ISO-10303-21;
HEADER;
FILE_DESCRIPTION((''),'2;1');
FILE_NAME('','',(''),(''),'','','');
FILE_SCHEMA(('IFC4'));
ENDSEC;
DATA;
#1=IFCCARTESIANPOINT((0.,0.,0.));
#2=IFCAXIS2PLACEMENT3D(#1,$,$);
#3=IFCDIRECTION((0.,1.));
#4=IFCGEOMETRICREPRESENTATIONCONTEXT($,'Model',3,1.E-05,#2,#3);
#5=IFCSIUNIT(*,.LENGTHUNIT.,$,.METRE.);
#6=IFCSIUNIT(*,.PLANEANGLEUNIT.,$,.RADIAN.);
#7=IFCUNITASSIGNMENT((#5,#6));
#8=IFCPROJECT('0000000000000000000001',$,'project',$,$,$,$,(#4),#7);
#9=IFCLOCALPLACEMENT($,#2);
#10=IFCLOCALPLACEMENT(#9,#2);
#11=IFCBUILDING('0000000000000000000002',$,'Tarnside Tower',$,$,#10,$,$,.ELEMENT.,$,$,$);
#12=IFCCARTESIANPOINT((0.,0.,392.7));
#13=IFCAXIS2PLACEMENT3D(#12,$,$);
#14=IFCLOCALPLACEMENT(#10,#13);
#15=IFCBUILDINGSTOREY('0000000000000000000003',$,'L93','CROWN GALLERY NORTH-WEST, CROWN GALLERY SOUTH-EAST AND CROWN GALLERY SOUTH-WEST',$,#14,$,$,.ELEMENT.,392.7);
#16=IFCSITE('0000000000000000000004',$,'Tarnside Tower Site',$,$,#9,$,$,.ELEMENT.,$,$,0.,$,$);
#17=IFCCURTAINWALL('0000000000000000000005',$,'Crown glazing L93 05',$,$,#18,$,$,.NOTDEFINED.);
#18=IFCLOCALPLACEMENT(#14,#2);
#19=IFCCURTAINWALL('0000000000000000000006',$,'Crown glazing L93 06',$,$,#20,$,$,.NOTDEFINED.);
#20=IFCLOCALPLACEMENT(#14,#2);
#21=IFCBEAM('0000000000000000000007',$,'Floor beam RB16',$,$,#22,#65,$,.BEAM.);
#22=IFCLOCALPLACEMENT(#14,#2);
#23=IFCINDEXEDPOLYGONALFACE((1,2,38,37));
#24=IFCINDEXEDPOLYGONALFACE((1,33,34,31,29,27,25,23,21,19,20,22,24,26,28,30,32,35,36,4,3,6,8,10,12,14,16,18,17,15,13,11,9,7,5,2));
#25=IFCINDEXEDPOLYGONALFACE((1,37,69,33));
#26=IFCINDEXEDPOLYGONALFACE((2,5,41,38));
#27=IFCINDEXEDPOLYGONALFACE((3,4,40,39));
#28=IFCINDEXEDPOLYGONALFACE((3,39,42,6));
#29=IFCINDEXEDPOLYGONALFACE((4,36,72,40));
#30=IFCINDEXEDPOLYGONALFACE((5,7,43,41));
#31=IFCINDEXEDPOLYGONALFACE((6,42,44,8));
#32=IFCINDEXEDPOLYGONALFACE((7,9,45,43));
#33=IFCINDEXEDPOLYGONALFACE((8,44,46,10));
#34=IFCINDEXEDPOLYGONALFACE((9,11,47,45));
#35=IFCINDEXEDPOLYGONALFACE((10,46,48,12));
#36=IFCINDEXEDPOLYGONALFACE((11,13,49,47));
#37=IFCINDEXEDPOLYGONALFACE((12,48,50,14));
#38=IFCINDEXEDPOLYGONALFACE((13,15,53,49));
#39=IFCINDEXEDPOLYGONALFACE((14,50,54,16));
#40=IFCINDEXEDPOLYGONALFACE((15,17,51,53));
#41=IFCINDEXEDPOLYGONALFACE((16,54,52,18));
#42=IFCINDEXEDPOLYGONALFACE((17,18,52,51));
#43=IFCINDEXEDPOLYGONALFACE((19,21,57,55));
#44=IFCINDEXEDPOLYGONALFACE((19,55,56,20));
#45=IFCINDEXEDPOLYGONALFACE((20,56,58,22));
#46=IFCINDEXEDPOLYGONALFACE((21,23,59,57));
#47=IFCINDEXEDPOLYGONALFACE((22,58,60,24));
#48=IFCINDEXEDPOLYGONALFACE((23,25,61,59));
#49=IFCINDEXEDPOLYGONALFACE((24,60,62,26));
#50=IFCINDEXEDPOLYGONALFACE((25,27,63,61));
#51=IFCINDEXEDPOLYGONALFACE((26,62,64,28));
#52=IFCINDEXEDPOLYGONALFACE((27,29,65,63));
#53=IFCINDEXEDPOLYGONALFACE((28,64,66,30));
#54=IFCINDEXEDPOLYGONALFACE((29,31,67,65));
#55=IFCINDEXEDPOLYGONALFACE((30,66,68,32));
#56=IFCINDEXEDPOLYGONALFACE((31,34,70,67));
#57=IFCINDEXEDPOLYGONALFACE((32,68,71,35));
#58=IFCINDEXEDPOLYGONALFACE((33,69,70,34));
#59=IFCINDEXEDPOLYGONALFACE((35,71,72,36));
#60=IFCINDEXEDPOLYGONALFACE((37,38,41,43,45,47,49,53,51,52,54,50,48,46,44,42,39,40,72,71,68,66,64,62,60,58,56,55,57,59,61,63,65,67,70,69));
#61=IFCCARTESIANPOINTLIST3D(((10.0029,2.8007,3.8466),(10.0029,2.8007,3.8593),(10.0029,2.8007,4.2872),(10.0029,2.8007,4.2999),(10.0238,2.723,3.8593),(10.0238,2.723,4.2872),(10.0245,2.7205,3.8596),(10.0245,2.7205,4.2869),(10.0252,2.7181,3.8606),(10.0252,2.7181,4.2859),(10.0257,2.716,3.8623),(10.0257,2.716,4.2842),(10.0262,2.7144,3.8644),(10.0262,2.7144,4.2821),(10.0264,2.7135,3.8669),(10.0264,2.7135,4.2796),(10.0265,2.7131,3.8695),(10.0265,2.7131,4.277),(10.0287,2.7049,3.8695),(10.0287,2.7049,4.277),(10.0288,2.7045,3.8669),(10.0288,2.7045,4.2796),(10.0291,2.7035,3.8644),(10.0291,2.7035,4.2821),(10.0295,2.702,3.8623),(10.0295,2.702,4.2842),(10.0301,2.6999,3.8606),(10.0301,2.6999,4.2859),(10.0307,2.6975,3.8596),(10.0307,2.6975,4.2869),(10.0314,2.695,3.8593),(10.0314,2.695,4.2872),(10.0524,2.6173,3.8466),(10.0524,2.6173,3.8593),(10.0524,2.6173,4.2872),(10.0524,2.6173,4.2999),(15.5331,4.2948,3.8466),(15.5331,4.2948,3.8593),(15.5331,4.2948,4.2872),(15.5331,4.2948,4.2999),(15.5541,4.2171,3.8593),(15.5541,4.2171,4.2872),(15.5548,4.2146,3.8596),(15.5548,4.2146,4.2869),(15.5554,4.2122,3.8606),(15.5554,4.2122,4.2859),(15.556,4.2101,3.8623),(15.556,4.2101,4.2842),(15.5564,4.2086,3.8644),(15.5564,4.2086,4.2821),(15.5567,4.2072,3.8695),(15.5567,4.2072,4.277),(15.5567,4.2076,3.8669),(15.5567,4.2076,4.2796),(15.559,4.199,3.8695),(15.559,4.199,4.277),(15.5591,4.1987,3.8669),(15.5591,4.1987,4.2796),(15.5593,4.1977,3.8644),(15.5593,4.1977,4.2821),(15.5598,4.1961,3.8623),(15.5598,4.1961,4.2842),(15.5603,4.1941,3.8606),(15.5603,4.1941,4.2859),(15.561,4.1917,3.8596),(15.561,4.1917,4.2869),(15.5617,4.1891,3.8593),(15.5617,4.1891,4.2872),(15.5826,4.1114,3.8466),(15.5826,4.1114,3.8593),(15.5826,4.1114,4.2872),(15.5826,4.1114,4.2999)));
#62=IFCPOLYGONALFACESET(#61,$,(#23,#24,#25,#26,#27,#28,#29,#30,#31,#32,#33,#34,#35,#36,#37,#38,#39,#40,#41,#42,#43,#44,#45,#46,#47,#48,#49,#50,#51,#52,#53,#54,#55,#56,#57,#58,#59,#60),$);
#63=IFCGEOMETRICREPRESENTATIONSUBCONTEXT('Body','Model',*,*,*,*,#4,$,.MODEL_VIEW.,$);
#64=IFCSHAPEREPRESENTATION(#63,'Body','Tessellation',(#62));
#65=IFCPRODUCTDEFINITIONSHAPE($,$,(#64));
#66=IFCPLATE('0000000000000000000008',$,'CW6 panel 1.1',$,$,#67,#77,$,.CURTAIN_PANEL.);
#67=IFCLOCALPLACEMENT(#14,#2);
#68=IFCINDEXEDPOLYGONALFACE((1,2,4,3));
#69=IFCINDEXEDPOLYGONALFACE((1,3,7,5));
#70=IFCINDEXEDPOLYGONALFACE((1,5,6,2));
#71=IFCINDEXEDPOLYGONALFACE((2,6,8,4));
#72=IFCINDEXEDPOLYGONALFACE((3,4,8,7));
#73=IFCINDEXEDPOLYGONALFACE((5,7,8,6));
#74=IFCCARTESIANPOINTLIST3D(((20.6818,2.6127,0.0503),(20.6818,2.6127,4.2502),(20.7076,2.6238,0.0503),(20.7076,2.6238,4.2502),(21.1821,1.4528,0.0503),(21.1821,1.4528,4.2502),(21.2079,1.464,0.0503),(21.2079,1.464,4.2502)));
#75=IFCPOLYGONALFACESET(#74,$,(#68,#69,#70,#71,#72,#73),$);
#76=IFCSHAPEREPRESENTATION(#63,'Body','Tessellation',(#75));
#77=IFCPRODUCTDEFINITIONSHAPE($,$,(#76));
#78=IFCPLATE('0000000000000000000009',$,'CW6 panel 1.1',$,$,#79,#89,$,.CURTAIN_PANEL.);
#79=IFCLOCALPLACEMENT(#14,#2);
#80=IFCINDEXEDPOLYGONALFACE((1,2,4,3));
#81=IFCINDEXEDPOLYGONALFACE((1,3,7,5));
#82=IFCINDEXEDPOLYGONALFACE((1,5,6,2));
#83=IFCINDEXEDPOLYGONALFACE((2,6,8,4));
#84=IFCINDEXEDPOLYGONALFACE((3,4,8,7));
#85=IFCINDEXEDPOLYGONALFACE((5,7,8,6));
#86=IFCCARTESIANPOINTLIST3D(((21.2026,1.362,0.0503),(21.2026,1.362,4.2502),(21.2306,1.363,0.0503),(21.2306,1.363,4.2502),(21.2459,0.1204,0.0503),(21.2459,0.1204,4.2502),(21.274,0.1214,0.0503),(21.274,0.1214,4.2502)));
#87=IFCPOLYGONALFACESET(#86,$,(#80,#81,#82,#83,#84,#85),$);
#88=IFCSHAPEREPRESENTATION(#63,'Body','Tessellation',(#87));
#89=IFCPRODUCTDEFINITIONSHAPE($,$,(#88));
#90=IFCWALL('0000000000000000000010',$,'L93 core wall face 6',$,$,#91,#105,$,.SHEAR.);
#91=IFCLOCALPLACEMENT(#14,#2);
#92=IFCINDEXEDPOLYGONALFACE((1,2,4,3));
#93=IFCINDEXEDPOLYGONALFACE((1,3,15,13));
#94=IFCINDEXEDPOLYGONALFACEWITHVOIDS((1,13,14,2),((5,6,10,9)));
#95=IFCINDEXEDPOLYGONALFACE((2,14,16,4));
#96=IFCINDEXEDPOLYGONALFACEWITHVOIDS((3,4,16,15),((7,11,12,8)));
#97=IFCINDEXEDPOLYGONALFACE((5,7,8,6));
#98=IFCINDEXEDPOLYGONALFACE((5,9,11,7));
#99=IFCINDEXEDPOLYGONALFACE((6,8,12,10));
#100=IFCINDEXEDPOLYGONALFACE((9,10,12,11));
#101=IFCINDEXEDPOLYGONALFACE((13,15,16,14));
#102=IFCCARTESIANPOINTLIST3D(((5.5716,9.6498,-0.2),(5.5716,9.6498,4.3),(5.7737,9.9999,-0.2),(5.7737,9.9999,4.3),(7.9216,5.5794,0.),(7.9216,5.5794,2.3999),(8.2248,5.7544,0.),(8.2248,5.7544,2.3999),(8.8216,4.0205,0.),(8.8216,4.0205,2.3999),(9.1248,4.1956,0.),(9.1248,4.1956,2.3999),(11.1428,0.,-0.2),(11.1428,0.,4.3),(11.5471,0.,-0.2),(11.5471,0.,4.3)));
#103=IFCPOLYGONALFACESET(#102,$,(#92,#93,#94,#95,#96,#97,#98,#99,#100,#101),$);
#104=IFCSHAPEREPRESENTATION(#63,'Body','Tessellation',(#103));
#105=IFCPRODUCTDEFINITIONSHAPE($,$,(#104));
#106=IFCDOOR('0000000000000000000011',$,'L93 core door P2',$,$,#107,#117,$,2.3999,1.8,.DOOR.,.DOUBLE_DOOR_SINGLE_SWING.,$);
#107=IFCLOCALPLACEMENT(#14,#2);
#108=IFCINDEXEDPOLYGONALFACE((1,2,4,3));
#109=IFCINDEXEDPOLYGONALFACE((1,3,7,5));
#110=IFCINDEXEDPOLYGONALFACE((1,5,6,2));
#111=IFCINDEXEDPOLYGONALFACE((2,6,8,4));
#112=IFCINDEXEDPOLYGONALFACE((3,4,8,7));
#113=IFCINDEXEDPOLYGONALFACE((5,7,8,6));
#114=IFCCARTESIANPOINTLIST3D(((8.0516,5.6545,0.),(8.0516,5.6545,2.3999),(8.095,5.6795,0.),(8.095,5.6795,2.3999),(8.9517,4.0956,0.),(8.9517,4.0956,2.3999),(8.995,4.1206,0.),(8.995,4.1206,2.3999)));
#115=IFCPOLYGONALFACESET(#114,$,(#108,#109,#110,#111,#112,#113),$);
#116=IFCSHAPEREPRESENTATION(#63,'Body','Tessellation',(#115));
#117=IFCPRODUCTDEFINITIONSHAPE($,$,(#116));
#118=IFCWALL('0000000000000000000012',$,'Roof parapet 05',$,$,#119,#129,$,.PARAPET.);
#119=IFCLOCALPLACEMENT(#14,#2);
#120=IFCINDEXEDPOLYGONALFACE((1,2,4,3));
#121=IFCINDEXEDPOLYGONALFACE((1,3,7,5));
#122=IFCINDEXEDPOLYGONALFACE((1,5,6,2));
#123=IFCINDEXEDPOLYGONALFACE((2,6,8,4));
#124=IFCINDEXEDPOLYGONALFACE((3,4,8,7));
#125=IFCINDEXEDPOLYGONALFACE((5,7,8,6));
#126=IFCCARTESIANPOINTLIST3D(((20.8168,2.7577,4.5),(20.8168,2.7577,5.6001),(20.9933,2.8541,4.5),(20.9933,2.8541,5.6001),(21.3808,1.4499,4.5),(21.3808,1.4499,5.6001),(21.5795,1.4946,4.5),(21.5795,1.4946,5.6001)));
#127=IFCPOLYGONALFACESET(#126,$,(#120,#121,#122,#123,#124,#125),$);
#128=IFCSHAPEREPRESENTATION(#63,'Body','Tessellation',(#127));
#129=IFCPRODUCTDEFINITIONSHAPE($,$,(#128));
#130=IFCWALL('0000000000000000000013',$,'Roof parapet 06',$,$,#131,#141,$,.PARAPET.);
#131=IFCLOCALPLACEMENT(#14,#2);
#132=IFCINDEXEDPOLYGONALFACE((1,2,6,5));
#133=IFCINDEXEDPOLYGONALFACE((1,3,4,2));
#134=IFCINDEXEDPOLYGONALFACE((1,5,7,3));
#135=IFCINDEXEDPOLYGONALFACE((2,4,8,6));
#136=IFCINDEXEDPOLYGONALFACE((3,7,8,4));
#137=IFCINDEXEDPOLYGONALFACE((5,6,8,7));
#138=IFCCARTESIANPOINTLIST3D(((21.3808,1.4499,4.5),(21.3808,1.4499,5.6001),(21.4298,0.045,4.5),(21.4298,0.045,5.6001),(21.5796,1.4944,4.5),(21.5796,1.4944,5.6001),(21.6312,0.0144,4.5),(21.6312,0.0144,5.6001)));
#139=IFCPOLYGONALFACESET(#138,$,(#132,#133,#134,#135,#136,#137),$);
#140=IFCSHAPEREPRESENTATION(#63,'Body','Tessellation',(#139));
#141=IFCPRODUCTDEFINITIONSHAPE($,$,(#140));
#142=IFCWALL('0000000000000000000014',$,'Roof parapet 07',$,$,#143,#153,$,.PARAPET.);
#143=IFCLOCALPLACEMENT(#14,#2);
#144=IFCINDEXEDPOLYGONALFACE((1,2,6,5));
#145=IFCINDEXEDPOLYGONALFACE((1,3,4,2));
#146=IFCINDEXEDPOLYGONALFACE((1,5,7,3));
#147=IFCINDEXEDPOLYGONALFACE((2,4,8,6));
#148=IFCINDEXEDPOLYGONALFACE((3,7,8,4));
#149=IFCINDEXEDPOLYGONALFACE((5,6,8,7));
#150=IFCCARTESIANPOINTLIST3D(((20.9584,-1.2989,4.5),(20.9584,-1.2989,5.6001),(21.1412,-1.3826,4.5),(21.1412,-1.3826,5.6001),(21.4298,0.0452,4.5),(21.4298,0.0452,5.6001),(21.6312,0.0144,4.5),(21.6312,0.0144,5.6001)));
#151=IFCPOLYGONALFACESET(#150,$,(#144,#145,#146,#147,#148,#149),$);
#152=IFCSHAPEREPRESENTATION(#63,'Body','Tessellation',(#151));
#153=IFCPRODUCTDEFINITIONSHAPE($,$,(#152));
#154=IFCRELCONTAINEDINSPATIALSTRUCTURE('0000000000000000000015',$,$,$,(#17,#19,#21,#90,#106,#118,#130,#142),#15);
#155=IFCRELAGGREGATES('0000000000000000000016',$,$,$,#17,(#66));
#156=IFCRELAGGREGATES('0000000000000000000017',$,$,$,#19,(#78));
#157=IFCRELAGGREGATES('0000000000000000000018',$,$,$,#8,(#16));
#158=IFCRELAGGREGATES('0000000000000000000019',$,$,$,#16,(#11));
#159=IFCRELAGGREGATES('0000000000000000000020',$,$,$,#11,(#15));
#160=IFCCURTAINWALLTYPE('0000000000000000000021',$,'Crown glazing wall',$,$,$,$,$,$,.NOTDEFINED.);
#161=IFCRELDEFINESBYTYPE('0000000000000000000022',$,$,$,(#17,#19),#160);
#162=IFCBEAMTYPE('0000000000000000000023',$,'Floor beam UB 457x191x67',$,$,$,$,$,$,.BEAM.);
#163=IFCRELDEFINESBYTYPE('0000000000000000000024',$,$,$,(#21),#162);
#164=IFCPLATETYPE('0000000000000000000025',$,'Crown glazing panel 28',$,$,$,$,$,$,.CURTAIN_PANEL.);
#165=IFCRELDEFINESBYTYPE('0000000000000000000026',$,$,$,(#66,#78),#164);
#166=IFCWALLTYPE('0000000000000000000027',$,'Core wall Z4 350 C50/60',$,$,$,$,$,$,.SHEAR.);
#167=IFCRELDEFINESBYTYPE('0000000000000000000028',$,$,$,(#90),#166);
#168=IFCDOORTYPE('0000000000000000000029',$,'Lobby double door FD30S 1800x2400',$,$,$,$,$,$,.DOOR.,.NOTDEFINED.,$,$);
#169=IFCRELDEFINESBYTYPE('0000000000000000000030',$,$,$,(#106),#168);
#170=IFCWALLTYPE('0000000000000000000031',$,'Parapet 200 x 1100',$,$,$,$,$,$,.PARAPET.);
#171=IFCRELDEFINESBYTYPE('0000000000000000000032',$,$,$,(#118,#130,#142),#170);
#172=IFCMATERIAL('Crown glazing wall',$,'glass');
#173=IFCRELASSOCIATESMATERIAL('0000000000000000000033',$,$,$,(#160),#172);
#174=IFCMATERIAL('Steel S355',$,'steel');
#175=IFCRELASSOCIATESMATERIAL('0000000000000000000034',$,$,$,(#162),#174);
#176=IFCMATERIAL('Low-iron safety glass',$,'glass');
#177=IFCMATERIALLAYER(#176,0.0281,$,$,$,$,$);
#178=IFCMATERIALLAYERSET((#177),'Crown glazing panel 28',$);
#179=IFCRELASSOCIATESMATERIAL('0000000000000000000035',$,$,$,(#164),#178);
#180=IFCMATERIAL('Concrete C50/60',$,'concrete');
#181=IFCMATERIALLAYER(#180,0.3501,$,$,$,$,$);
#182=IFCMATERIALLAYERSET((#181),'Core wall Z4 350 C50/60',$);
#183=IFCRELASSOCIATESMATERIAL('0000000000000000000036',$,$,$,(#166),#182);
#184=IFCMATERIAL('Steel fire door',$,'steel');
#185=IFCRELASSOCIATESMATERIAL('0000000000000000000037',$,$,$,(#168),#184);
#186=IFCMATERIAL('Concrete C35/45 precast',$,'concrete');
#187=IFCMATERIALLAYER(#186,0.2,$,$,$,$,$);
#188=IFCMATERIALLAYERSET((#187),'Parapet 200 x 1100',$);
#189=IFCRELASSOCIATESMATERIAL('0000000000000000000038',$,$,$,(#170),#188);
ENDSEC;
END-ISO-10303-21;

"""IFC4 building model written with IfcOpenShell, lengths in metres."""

from ifc_helpers import new_model, si_unit, direction, frame, frame_2d, origin, origin_2d, place, context, subcontext, project, spatial, polyline, rectangle, i_section, outline, extrude, material, layer, layer_set, material_profile, profile_set, type_object, element, fill, aggregate, save


model = new_model("IFC4")

# Units and contexts
model_context = context("Model", 3, precision=1e-05, world=origin(), true_north=direction((0.0, 1.0)))
body_context = subcontext(model_context, "Body", "Model", "MODEL_VIEW")
ifc_project = project(units=[si_unit("LENGTHUNIT", "METRE"), si_unit("PLANEANGLEUNIT", "RADIAN")], contexts=[model_context])

# Site, building, storey
site_placement = place(None, origin())
site = spatial("IfcSite", under=ifc_project, at=site_placement, Name="Tarnside Tower Site", CompositionType="ELEMENT", RefElevation=0.0)
building_placement = place(site_placement, origin())
building = spatial("IfcBuilding", under=site, at=building_placement, Name="Tarnside Tower", CompositionType="ELEMENT")
storey_placement = place(building_placement, frame((0.0, 0.0, 392.7)))
storey = spatial("IfcBuildingStorey", under=building, at=storey_placement, Name="L93", Description="CROWN GALLERY NORTH-WEST, CROWN GALLERY SOUTH-EAST AND CROWN GALLERY SOUTH-WEST", CompositionType="ELEMENT", Elevation=392.7)

# Shared definitions
ifc_material_1 = material(Name="Crown glazing wall", Category="glass")
curtain_wall_type = type_object("IfcCurtainWallType", Name="Crown glazing wall", PredefinedType="NOTDEFINED", material=ifc_material_1)

# Curtain walls
curtain_wall_1_placement = place(storey_placement, origin())
curtain_wall_1 = element("IfcCurtainWall", 1, at=curtain_wall_1_placement, inside=storey, type_object=curtain_wall_type, Name="Crown glazing L93 05", PredefinedType="NOTDEFINED")
curtain_wall_2_placement = place(storey_placement, origin())
curtain_wall_2 = element("IfcCurtainWall", 2, at=curtain_wall_2_placement, inside=storey, type_object=curtain_wall_type, Name="Crown glazing L93 06", PredefinedType="NOTDEFINED")

# Beam
ifc_material_2 = material(Name="Steel S355", Category="steel")
ifc_material_profile_1 = material_profile(ifc_material_2, i_section(OverallWidth=0.1899, OverallDepth=0.4534, WebThickness=0.0085, FlangeThickness=0.0127, FilletRadius=0.0103, at=origin_2d()), Name="UB 457x191x67")
ifc_profile_set_1 = profile_set([ifc_material_profile_1], Name="Steel S355")
beam_type = type_object("IfcBeamType", Name="Floor beam UB 457x191x67", PredefinedType="BEAM", material=ifc_profile_set_1)
beam_placement = place(storey_placement, frame((15.5579, 4.2031, 4.0732), z_axis=(-0.965387, -0.260823, 0.0), x_axis=(0.260823, -0.965387, 0.0)))
element("IfcBeam", 3, at=beam_placement, inside=storey, type_object=beam_type, Name="Floor beam RB16", PredefinedType="BEAM", context=body_context, shape_type="SweptSolid", body=[
    extrude(i_section(OverallWidth=0.1899, OverallDepth=0.4534, WebThickness=0.0085, FlangeThickness=0.0127, FilletRadius=0.0103, at=origin_2d()), origin(), (0.0, 0.0, 1.0), 5.7285),
])

# Plates
ifc_material_3 = material(Name="Low-iron safety glass", Category="glass")
ifc_layer_1 = layer(ifc_material_3, 0.0281)
ifc_layer_set_1 = layer_set([ifc_layer_1], Name="Crown glazing panel 28")
plate_type = type_object("IfcPlateType", Name="Crown glazing panel 28", PredefinedType="CURTAIN_PANEL", material=ifc_layer_set_1)
plate_1_placement = place(storey_placement, frame((20.9448, 2.0383, 0.0503), z_axis=(0.0, 0.0, 1.0), x_axis=(0.39608, -0.918216, 0.0)))
plate_1 = element("IfcPlate", 4, at=plate_1_placement, type_object=plate_type, Name="CW6 panel 1.1", PredefinedType="CURTAIN_PANEL", context=body_context, shape_type="SweptSolid", body=[
    extrude(rectangle(XDim=1.2632, YDim=0.0281, at=origin_2d()), origin(), (0.0, 0.0, 1.0), 4.2),
])
aggregate(curtain_wall_1, [plate_1])
plate_2_placement = place(storey_placement, frame((21.2383, 0.7417, 0.0503), z_axis=(0.0, 0.0, 1.0), x_axis=(0.034899, -0.999391, 0.0)))
plate_2 = element("IfcPlate", 5, at=plate_2_placement, type_object=plate_type, Name="CW6 panel 1.1", PredefinedType="CURTAIN_PANEL", context=body_context, shape_type="SweptSolid", body=[
    extrude(rectangle(XDim=1.2424, YDim=0.0281, at=origin_2d()), origin(), (0.0, 0.0, 1.0), 4.2),
])
aggregate(curtain_wall_2, [plate_2])

# Wall, opening, door
ifc_material_4 = material(Name="Concrete C50/60", Category="concrete")
ifc_layer_2 = layer(ifc_material_4, 0.3501)
ifc_layer_set_2 = layer_set([ifc_layer_2], Name="Core wall Z4 350 C50/60")
wall_type_1 = type_object("IfcWallType", Name="Core wall Z4 350 C50/60", PredefinedType="SHEAR", material=ifc_layer_set_2)
wall_1_placement = place(storey_placement, frame((11.345, 0.0, -0.2), z_axis=(0.0, 0.0, 1.0), x_axis=(-0.499995, 0.866028, 0.0)))
wall_1 = element("IfcWall", 6, at=wall_1_placement, inside=storey, type_object=wall_type_1, Name="L93 core wall face 6", PredefinedType="SHEAR", context=body_context, shape_type="SweptSolid", body=[
    extrude(outline(polyline([(-0.1011, -0.175), (11.4458, -0.175), (11.2437, 0.175), (0.1011, 0.175), (-0.1011, -0.175)])), origin(), (0.0, 0.0, 1.0), 4.5),
])
opening_1_placement = place(wall_1_placement, frame((4.7437, 0.0, 0.2)))
opening_1 = element("IfcOpeningElement", 7, at=opening_1_placement, cuts=wall_1, PredefinedType="OPENING", context=body_context, shape_type="SweptSolid", body=[
    extrude(rectangle(XDim=1.8, YDim=2.3999, at=frame_2d((0.8999, 1.2))), frame((0.0, 0.1851, 0.0), z_axis=(0.0, -1.0, 0.0), x_axis=(1.0, 0.0, 0.0)), (0.0, 0.0, 1.0), 0.3701),
])
ifc_material_5 = material(Name="Steel fire door", Category="steel")
door_type_1 = type_object("IfcDoorType", Name="Lobby double door FD30S 1800x2400", OperationType="NOTDEFINED", PredefinedType="DOOR", material=ifc_material_5)
door_1_placement = place(opening_1_placement, origin())
door_1 = element("IfcDoor", 8, at=door_1_placement, inside=storey, type_object=door_type_1, Name="L93 core door P2", OperationType="DOUBLE_DOOR_SINGLE_SWING", OverallHeight=2.3999, OverallWidth=1.8, PredefinedType="DOOR", context=body_context, shape_type="SweptSolid", body=[
    extrude(rectangle(XDim=1.8, YDim=2.3999, at=frame_2d((0.8999, 1.2))), frame((0.0, 0.0249, 0.0), z_axis=(0.0, -1.0, 0.0), x_axis=(1.0, 0.0, 0.0)), (0.0, 0.0, 1.0), 0.05),
])
fill(opening_1, door_1)

# Walls
ifc_material_6 = material(Name="Concrete C35/45 precast", Category="concrete")
ifc_layer_3 = layer(ifc_material_6, 0.2)
ifc_layer_set_3 = layer_set([ifc_layer_3], Name="Parapet 200 x 1100")
wall_type_2 = type_object("IfcWallType", Name="Parapet 200 x 1100", PredefinedType="PARAPET", material=ifc_layer_set_3)
wall_2_placement = place(storey_placement, frame((20.905, 2.8059, 4.5), z_axis=(0.0, 0.0, 1.0), x_axis=(0.396008, -0.918247, 0.0)))
element("IfcWall", 9, at=wall_2_placement, inside=storey, type_object=wall_type_2, Name="Roof parapet 05", PredefinedType="PARAPET", context=body_context, shape_type="SweptSolid", body=[
    extrude(outline(polyline([(0.0093, -0.1001), (1.4336, -0.1001), (1.4712, 0.1001), (-0.0093, 0.1001), (0.0093, -0.1001)])), origin(), (0.0, 0.0, 1.0), 1.1001),
])
wall_3_placement = place(storey_placement, frame((21.4802, 1.4722, 4.5), z_axis=(0.0, 0.0, 1.0), x_axis=(0.034847, -0.999393, 0.0)))
element("IfcWall", 10, at=wall_3_placement, inside=storey, type_object=wall_type_2, Name="Roof parapet 06", PredefinedType="PARAPET", context=body_context, shape_type="SweptSolid", body=[
    extrude(outline(polyline([(0.0188, -0.1001), (1.4246, -0.1001), (1.4622, 0.1001), (-0.0188, 0.1001), (0.0188, -0.1001)])), origin(), (0.0, 0.0, 1.0), 1.1001),
])
wall_4_placement = place(storey_placement, frame((21.5305, 0.0298, 4.5), z_axis=(0.0, 0.0, 1.0), x_axis=(-0.330964, -0.943643, 0.0)))
element("IfcWall", 11, at=wall_4_placement, inside=storey, type_object=wall_type_2, Name="Roof parapet 07", PredefinedType="PARAPET", context=body_context, shape_type="SweptSolid", body=[
    extrude(outline(polyline([(0.0188, -0.1001), (1.4431, -0.1001), (1.4617, 0.1001), (-0.0188, 0.1001), (0.0188, -0.1001)])), origin(), (0.0, 0.0, 1.0), 1.1001),
])

save(model, "model.ifc")
